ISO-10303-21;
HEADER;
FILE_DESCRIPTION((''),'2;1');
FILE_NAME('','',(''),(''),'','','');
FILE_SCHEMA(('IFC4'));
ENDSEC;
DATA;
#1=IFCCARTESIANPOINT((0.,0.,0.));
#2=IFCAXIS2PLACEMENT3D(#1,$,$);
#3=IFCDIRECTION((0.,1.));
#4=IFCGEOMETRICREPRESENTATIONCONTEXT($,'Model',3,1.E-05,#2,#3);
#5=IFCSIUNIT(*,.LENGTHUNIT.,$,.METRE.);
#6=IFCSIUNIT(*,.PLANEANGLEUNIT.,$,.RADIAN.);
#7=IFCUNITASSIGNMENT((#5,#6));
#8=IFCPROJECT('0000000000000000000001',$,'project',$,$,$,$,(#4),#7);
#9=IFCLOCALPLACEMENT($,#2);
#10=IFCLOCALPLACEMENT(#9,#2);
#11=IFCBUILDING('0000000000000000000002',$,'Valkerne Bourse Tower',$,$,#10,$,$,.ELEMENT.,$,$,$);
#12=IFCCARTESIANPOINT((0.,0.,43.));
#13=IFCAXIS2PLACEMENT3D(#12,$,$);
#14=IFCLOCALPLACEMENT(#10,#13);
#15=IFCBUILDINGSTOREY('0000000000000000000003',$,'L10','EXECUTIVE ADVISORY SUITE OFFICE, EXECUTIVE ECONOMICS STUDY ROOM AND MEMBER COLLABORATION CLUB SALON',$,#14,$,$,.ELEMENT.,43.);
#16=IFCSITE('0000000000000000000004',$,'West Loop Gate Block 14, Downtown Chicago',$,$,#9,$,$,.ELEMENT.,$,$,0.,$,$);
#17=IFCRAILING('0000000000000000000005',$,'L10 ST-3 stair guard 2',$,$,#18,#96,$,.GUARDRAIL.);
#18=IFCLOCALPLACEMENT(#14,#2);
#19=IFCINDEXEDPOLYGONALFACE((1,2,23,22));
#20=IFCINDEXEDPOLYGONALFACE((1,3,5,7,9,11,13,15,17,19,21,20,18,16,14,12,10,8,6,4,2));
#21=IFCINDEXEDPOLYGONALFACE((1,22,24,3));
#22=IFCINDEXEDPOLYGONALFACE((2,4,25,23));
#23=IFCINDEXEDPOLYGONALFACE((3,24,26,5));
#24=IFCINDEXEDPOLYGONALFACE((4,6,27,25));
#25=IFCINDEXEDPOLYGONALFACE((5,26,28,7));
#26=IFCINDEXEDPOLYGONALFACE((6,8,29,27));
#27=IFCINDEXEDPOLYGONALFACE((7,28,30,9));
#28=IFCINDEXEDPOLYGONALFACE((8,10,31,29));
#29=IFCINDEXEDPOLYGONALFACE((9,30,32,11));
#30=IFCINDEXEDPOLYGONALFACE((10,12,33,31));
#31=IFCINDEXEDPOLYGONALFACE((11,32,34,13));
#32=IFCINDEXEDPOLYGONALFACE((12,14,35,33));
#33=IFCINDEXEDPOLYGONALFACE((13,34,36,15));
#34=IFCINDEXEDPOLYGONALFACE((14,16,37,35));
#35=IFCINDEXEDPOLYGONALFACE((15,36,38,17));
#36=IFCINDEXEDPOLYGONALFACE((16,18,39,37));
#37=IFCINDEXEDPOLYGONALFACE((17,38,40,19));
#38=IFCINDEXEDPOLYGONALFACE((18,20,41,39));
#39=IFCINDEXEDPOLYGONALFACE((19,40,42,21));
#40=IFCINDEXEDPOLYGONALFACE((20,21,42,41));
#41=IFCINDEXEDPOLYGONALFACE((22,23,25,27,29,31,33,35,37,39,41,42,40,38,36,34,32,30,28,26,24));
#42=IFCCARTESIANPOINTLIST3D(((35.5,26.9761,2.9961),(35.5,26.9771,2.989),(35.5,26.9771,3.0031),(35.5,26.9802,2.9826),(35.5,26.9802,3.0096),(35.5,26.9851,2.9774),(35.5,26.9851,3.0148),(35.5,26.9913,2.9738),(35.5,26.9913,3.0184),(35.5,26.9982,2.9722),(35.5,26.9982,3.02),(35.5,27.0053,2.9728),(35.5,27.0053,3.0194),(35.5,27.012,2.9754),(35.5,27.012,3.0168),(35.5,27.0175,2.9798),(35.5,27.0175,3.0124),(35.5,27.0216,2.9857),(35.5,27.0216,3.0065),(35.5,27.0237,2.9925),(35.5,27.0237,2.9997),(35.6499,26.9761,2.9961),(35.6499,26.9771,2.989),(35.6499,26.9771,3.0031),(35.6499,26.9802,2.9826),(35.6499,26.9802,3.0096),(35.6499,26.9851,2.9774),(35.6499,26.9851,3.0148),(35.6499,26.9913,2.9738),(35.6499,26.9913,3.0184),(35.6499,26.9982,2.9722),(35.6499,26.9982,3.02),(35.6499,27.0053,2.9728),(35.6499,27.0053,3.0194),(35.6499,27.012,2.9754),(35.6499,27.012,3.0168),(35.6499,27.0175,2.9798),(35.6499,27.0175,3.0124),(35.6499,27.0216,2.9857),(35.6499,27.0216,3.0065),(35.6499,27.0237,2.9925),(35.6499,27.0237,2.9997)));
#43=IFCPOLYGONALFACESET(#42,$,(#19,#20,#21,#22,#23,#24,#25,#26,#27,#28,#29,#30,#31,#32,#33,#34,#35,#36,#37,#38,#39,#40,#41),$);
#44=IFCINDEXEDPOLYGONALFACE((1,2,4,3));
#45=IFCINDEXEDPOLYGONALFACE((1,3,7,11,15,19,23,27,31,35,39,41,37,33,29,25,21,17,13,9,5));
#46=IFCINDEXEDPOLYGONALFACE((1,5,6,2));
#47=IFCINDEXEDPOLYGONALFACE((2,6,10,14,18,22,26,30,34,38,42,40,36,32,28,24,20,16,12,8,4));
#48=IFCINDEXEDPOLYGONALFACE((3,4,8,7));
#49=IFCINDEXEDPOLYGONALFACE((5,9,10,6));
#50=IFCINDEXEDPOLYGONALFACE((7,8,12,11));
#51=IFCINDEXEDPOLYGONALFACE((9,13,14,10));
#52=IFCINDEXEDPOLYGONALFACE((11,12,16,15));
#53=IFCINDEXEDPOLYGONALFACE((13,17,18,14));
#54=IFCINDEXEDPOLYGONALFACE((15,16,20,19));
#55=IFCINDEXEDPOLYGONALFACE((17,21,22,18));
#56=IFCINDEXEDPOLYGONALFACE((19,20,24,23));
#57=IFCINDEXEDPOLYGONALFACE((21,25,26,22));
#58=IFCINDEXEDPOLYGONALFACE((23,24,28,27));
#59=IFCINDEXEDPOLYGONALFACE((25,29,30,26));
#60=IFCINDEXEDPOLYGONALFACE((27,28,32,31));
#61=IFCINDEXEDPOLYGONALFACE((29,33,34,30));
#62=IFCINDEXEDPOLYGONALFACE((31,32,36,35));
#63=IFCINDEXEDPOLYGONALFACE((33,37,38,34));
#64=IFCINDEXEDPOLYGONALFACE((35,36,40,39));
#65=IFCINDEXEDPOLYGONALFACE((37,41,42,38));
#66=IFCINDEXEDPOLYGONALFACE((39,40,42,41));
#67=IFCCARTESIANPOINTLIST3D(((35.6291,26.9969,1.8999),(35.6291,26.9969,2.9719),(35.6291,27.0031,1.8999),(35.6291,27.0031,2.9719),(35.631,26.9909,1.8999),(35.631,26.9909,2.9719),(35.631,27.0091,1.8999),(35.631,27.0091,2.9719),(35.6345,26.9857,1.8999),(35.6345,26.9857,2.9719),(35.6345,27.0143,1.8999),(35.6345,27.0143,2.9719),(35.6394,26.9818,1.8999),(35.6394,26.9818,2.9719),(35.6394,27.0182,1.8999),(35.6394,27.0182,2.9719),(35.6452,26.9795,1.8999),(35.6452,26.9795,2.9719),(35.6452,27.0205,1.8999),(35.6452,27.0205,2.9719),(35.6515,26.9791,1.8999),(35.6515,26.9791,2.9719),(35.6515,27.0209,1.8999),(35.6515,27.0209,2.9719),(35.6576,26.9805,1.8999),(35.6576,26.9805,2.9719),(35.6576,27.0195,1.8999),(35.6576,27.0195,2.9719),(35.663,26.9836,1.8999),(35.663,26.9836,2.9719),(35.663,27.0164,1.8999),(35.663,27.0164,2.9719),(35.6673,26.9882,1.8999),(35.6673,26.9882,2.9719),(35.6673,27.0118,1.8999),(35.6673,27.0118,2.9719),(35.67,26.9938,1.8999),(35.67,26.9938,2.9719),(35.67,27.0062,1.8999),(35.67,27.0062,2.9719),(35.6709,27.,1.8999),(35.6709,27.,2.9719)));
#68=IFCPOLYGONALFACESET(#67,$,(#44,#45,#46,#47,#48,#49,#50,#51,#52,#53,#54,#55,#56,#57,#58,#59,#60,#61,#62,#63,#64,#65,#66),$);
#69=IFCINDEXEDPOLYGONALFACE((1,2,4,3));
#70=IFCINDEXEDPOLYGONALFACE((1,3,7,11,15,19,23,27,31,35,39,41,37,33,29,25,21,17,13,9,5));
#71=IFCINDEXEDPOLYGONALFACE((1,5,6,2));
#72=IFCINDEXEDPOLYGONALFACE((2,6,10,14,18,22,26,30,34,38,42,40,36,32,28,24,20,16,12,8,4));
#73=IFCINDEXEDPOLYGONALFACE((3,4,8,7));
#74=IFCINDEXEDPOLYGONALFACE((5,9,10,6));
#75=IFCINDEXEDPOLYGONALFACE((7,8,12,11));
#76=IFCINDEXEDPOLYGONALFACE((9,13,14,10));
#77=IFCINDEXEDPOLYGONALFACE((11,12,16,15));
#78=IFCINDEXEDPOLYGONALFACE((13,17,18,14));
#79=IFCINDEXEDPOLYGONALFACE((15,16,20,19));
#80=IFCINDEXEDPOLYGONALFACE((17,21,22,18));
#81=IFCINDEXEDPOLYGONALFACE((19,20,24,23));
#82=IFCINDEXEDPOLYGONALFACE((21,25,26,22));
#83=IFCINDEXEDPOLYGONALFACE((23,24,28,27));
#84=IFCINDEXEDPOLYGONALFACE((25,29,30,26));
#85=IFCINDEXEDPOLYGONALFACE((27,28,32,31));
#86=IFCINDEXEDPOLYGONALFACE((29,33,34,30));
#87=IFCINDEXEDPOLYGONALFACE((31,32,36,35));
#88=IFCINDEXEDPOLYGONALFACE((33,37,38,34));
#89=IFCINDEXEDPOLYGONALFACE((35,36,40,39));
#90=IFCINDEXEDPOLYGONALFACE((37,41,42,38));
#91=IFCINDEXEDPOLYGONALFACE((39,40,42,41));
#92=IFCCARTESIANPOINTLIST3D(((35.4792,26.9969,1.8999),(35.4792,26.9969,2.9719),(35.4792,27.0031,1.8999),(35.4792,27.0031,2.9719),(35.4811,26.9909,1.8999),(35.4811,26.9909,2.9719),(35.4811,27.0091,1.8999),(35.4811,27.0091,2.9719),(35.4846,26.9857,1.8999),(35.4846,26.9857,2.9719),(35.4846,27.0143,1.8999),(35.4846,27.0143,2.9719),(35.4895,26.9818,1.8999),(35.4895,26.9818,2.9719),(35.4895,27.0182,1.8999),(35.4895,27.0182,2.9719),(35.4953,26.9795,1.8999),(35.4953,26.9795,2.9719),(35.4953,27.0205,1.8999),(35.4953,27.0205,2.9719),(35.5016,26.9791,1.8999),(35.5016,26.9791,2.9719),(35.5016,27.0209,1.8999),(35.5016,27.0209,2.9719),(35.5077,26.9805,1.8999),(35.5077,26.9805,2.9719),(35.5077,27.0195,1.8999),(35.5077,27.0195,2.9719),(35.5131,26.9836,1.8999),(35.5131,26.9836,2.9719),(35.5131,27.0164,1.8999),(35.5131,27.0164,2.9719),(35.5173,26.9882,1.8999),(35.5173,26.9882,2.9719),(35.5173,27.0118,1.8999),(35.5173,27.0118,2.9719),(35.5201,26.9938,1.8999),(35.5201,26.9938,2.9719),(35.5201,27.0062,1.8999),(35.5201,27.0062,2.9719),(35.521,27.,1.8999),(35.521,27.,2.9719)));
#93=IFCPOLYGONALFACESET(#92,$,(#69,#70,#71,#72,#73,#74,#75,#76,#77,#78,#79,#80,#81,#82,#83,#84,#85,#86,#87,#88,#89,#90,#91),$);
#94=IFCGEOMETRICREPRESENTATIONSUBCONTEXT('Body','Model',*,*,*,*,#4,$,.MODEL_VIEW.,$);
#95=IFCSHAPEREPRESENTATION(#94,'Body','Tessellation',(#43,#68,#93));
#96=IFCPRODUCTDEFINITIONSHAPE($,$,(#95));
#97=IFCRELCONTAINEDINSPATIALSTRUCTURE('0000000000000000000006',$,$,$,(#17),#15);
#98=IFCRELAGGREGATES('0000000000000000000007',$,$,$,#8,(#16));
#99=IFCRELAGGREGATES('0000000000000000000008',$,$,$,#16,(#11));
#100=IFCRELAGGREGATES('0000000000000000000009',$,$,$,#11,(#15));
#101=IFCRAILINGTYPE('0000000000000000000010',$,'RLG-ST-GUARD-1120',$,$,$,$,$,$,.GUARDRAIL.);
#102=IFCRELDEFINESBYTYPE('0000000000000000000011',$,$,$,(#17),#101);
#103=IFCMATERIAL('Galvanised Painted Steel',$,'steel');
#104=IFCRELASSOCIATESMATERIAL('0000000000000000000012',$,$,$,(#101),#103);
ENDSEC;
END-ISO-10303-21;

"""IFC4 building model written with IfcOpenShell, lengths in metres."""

from ifc_helpers import new_model, si_unit, direction, frame, origin, origin_2d, place, context, subcontext, project, spatial, circle, extrude, material, type_object, element, save


model = new_model("IFC4")

# Units and contexts
model_context = context("Model", 3, precision=1e-05, world=origin(), true_north=direction((0.0, 1.0)))
body_context = subcontext(model_context, "Body", "Model", "MODEL_VIEW")
ifc_project = project(units=[si_unit("LENGTHUNIT", "METRE"), si_unit("PLANEANGLEUNIT", "RADIAN")], contexts=[model_context])

# Site, building, storey
site_placement = place(None, origin())
site = spatial("IfcSite", under=ifc_project, at=site_placement, Name="West Loop Gate Block 14, Downtown Chicago", CompositionType="ELEMENT", RefElevation=0.0)
building_placement = place(site_placement, origin())
building = spatial("IfcBuilding", under=site, at=building_placement, Name="Valkerne Bourse Tower", CompositionType="ELEMENT")
storey_placement = place(building_placement, frame((0.0, 0.0, 43.0)))
storey = spatial("IfcBuildingStorey", under=building, at=storey_placement, Name="L10", Description="EXECUTIVE ADVISORY SUITE OFFICE, EXECUTIVE ECONOMICS STUDY ROOM AND MEMBER COLLABORATION CLUB SALON", CompositionType="ELEMENT", Elevation=43.0)

# Shared definitions
ifc_material_1 = material(Name="Galvanised Painted Steel", Category="steel")

# Railing
railing_type_1 = type_object("IfcRailingType", Name="RLG-ST-GUARD-1120", PredefinedType="GUARDRAIL", material=ifc_material_1)
railing_1_placement = place(storey_placement, frame((35.6499, 27.0, 1.8999)))
element("IfcRailing", 1, at=railing_1_placement, inside=storey, type_object=railing_type_1, Name="L10 ST-3 stair guard 2", PredefinedType="GUARDRAIL", context=body_context, shape_type="SweptSolid", body=[
    extrude(circle(Radius=0.0239, at=origin_2d()), frame((0.0, 0.0, 1.0962), z_axis=(-1.0, 0.0, 0.0), x_axis=(0.0, -1.0, 0.0)), (0.0, 0.0, 1.0), 0.1499),
    extrude(circle(Radius=0.021, at=origin_2d()), origin(), (0.0, 0.0, 1.0), 1.072),
    extrude(circle(Radius=0.021, at=origin_2d()), frame((-0.1499, 0.0, 0.0)), (0.0, 0.0, 1.0), 1.072),
])

save(model, "model.ifc")
